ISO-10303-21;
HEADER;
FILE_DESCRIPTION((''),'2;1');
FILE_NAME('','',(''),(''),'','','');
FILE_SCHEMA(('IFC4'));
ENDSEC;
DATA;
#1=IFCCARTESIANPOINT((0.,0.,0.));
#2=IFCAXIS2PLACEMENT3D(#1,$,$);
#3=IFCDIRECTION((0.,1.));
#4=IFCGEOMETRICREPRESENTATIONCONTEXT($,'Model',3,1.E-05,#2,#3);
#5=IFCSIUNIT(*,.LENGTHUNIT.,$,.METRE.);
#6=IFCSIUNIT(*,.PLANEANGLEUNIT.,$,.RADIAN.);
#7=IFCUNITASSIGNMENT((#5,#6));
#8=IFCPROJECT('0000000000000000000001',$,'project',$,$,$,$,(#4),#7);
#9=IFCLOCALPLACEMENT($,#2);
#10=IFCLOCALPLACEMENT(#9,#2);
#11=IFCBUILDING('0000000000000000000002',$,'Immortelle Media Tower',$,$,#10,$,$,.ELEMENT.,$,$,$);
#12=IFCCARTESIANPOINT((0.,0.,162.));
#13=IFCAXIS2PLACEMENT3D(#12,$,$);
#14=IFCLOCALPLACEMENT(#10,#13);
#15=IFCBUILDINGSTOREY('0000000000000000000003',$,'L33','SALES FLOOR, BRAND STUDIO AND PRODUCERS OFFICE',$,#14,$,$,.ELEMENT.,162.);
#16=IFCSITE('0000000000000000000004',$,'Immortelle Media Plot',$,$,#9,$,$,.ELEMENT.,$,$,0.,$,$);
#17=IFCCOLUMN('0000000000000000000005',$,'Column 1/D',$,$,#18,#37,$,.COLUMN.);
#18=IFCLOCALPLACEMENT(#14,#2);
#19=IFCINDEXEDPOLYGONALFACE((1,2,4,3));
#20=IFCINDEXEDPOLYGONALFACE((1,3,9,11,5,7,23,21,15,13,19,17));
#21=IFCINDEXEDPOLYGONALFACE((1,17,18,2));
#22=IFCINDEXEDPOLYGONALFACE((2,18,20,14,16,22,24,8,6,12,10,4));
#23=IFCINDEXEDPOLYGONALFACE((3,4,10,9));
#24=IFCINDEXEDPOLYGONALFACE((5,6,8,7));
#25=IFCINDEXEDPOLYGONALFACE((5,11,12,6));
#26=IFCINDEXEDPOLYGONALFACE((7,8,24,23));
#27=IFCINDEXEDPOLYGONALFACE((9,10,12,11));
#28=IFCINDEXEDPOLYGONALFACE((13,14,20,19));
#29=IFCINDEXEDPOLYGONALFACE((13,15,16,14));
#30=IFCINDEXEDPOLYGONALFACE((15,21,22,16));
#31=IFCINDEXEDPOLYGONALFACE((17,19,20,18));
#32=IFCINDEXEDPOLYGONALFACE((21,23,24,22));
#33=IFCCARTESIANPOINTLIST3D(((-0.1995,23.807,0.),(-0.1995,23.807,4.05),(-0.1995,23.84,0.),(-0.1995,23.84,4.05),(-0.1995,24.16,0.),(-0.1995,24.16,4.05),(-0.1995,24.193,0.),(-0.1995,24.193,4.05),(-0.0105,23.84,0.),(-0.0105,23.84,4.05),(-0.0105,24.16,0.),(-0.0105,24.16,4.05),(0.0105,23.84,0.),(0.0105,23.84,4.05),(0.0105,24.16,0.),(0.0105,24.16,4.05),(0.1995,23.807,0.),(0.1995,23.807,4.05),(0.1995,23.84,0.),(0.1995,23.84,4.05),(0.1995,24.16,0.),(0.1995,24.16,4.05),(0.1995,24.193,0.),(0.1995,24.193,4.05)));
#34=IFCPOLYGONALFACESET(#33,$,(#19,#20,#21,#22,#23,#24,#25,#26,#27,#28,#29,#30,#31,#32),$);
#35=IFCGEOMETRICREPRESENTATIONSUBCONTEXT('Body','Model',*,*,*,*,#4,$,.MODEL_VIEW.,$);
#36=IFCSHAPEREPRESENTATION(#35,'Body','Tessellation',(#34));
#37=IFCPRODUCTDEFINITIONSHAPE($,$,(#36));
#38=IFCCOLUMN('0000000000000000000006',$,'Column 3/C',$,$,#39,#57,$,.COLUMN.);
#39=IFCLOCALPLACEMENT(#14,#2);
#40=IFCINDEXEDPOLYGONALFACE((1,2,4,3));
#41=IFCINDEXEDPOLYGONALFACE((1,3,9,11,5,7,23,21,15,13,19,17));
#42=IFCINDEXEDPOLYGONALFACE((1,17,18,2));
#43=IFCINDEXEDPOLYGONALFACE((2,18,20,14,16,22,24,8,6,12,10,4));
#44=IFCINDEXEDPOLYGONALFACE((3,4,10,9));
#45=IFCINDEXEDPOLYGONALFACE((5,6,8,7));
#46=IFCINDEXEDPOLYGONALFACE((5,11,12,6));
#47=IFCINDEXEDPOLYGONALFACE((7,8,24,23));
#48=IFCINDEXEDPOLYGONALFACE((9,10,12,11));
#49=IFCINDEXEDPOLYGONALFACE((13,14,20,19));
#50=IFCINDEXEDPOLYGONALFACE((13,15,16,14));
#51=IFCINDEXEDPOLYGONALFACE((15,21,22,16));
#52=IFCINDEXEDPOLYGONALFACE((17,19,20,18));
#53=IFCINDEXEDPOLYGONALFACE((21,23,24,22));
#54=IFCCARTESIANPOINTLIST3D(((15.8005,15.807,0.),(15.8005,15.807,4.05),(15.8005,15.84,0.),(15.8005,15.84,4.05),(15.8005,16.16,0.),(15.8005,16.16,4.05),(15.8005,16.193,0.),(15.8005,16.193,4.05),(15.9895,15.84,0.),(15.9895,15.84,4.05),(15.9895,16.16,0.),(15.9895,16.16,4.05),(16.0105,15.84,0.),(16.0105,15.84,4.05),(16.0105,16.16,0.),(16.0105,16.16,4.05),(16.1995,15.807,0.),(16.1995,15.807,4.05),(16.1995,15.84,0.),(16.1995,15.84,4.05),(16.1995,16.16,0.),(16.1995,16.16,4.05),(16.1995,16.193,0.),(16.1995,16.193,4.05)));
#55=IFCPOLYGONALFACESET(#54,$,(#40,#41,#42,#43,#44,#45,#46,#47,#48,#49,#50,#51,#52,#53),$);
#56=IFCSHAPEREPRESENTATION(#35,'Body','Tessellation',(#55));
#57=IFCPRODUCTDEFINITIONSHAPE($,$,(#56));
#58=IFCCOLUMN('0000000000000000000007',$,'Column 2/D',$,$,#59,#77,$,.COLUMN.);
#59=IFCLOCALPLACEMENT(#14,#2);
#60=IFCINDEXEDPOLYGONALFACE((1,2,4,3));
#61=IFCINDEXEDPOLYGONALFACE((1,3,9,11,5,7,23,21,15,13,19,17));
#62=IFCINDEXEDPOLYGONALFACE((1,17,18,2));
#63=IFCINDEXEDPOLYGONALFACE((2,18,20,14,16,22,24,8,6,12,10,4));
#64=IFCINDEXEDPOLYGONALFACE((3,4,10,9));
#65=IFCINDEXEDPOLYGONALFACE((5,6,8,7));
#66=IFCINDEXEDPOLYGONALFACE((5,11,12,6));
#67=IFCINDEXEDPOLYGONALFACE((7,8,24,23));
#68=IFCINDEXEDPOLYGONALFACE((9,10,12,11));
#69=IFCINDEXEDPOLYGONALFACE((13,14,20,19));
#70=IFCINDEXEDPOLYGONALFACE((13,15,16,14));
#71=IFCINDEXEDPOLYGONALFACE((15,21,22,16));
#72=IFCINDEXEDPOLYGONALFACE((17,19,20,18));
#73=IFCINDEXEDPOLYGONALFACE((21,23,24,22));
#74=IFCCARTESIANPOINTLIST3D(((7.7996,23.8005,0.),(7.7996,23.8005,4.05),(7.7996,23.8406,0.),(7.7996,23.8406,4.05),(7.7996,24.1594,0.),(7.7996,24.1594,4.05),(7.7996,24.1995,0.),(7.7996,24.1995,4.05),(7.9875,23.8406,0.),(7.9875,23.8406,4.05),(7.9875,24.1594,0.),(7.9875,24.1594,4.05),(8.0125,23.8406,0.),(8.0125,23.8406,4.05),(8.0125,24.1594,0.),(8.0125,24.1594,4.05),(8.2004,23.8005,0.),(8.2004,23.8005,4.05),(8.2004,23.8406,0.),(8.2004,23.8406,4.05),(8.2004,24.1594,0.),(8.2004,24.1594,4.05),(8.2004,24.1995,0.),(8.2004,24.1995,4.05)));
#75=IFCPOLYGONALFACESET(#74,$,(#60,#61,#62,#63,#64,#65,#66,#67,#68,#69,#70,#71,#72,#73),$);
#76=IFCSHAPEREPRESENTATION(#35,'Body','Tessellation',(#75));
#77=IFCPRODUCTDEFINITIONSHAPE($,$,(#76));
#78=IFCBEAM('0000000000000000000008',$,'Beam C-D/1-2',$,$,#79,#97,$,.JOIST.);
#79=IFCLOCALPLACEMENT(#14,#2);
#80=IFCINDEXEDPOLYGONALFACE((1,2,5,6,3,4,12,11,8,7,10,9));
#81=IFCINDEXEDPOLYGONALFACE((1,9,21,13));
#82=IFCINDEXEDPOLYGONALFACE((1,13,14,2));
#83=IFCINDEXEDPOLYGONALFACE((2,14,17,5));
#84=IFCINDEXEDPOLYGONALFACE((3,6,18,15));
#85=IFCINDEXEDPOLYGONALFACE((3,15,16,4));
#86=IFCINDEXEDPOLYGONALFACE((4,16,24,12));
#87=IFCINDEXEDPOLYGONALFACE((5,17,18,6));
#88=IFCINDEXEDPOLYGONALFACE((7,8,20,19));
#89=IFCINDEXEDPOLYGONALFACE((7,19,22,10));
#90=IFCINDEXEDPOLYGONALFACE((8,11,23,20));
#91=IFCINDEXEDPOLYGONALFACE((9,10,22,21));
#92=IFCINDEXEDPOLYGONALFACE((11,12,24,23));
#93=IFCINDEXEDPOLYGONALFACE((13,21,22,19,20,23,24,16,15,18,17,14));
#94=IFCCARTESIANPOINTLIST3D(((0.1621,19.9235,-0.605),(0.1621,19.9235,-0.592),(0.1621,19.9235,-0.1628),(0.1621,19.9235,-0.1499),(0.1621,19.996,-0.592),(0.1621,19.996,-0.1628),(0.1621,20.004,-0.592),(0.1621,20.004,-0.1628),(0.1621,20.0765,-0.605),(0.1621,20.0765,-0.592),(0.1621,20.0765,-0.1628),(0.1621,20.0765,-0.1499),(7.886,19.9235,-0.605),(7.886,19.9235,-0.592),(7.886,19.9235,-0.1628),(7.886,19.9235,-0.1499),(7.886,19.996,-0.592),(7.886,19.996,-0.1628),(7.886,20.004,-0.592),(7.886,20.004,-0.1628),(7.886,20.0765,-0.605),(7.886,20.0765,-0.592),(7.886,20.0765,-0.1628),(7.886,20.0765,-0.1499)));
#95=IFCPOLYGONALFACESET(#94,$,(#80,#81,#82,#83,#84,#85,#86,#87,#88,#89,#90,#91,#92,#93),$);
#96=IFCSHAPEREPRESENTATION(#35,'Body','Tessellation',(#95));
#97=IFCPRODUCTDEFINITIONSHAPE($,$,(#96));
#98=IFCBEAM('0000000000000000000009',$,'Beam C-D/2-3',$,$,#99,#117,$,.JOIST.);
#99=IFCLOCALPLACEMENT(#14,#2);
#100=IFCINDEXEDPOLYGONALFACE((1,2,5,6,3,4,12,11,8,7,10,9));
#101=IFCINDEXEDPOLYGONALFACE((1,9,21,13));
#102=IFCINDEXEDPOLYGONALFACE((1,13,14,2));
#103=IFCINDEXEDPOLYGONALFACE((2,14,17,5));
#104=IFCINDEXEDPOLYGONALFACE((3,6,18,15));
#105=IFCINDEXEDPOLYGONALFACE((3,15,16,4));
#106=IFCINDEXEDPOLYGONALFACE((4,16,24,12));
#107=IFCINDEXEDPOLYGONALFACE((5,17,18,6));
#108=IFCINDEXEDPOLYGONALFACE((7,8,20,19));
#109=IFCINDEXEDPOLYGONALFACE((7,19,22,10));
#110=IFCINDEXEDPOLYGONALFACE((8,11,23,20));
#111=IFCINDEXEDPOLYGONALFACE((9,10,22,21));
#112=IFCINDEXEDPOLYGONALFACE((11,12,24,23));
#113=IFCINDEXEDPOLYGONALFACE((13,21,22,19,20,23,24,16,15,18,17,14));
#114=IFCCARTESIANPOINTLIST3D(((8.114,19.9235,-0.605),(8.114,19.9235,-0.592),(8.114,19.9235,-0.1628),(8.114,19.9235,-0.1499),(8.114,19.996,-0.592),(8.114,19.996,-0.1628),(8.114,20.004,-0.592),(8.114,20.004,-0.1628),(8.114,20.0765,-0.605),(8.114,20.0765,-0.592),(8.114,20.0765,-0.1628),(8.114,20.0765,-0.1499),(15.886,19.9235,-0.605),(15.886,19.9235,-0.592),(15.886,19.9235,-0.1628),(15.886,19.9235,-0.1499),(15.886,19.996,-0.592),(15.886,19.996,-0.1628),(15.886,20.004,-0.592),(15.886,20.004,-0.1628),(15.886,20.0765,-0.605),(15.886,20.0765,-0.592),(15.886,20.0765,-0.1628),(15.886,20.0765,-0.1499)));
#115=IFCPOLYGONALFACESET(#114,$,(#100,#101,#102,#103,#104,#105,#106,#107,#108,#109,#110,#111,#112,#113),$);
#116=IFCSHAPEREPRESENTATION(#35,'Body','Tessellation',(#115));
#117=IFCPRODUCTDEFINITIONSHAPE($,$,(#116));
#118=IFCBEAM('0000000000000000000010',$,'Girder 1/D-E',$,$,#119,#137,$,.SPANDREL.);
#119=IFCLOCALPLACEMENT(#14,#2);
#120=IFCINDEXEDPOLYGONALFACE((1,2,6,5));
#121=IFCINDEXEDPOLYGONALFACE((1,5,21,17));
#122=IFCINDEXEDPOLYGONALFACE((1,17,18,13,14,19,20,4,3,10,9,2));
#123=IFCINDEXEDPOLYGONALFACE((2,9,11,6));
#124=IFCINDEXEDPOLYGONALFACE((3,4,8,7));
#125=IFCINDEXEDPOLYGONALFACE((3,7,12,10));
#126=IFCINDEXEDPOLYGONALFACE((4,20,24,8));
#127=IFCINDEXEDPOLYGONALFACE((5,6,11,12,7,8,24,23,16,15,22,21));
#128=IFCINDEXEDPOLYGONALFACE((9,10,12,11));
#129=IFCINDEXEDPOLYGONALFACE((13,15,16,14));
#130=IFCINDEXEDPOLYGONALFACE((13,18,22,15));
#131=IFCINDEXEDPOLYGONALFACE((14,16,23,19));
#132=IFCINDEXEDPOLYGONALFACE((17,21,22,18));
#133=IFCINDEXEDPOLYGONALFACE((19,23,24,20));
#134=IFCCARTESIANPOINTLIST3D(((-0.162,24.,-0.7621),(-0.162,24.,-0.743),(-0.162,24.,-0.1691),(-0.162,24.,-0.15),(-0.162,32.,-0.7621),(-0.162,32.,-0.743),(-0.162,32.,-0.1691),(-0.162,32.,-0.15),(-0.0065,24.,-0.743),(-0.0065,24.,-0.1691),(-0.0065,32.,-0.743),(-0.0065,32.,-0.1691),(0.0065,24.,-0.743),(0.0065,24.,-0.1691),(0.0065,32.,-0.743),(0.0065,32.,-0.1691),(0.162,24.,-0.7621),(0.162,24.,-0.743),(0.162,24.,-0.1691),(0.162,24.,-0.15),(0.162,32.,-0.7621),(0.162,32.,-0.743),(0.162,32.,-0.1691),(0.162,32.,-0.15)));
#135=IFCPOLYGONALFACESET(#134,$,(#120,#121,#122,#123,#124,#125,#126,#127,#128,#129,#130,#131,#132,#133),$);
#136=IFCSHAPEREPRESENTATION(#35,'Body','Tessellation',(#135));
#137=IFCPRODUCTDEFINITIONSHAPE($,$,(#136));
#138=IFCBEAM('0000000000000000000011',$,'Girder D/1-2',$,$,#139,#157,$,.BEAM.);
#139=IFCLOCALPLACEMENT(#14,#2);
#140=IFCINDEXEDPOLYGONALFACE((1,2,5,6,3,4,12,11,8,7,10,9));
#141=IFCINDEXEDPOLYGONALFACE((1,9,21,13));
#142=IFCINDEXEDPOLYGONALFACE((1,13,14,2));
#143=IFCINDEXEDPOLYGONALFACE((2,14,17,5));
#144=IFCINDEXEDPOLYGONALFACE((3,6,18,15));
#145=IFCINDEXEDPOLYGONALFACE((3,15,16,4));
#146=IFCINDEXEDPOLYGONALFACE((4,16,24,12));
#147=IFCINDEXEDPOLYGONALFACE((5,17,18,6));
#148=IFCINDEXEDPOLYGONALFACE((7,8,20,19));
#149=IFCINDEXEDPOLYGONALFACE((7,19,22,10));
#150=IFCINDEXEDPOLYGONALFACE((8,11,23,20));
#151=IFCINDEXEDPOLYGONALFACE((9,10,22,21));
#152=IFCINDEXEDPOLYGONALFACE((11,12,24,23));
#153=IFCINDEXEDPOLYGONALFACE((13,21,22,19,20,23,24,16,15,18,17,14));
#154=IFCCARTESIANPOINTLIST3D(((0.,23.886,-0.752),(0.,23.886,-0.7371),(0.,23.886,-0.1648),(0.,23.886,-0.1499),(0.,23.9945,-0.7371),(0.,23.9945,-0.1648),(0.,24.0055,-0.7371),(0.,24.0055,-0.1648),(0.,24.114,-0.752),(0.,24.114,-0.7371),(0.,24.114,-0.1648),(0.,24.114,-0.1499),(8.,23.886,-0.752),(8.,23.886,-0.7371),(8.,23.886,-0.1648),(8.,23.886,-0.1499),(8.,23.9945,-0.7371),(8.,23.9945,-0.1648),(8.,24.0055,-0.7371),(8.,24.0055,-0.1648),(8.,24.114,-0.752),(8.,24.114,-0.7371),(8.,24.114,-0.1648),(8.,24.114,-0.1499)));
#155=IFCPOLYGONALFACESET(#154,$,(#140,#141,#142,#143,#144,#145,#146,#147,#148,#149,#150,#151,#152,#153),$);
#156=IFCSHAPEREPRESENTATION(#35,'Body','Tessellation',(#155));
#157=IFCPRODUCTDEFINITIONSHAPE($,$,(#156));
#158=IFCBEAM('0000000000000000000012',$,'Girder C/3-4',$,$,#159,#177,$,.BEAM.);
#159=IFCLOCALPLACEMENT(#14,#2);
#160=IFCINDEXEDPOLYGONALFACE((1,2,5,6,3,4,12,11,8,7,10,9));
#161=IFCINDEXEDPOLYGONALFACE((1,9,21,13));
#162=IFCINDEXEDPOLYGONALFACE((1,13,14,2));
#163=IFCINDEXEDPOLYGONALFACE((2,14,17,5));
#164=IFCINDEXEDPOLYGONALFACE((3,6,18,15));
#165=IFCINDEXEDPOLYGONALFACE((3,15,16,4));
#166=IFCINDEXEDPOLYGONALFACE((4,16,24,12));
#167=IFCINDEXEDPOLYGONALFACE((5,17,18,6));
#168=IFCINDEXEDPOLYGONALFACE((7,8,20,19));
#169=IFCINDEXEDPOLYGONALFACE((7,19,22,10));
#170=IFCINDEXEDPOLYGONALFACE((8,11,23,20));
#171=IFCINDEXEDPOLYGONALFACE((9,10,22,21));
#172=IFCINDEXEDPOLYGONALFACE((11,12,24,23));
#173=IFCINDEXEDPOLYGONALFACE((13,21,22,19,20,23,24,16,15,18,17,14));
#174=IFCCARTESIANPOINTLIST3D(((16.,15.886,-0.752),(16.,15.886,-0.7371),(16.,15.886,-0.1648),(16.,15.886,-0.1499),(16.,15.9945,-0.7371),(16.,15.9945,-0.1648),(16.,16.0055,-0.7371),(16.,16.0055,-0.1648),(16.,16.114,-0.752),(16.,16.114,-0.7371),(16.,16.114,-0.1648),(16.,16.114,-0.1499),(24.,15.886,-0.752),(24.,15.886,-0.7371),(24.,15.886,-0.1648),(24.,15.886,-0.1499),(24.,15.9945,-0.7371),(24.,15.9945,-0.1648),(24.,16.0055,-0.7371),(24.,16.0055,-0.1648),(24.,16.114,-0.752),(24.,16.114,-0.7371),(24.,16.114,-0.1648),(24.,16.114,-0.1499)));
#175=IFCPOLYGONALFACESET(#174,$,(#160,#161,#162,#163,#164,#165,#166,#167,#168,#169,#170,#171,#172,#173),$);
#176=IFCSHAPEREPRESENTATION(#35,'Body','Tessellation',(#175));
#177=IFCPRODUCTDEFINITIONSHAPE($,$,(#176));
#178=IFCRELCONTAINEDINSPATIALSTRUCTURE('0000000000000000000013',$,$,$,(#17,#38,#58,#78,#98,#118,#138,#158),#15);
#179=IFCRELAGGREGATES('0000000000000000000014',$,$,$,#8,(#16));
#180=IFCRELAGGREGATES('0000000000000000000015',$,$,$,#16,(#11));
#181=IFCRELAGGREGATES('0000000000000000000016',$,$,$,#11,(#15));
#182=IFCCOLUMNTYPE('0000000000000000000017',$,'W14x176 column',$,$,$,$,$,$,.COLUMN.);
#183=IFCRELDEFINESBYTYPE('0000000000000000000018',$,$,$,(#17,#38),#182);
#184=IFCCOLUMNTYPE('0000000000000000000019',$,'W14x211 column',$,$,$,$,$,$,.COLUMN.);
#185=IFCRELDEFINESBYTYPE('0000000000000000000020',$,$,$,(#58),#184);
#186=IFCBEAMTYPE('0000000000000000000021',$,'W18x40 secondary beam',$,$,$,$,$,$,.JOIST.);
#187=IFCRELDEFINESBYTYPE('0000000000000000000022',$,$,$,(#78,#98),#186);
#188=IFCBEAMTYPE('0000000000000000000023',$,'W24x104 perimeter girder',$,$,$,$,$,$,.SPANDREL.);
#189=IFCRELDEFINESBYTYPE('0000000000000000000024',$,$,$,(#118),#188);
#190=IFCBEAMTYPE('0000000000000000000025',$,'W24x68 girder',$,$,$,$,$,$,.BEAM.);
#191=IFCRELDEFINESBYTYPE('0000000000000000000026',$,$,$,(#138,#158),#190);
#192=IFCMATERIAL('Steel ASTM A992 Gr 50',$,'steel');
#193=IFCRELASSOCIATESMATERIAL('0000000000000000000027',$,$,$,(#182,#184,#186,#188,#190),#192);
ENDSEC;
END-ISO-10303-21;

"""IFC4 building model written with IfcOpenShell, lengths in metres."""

from ifc_helpers import new_model, si_unit, direction, frame, origin, origin_2d, place, context, subcontext, project, spatial, i_section, extrude, material, material_profile, profile_set, type_object, element, save


model = new_model("IFC4")

# Units and contexts
model_context = context("Model", 3, precision=1e-05, world=origin(), true_north=direction((0.0, 1.0)))
body_context = subcontext(model_context, "Body", "Model", "MODEL_VIEW")
ifc_project = project(units=[si_unit("LENGTHUNIT", "METRE"), si_unit("PLANEANGLEUNIT", "RADIAN")], contexts=[model_context])

# Site, building, storey
site_placement = place(None, origin())
site = spatial("IfcSite", under=ifc_project, at=site_placement, Name="Immortelle Media Plot", CompositionType="ELEMENT", RefElevation=0.0)
building_placement = place(site_placement, origin())
building = spatial("IfcBuilding", under=site, at=building_placement, Name="Immortelle Media Tower", CompositionType="ELEMENT")
storey_placement = place(building_placement, frame((0.0, 0.0, 162.0)))
storey = spatial("IfcBuildingStorey", under=building, at=storey_placement, Name="L33", Description="SALES FLOOR, BRAND STUDIO AND PRODUCERS OFFICE", CompositionType="ELEMENT", Elevation=162.0)

# Columns
ifc_material_1 = material(Name="Steel ASTM A992 Gr 50", Category="steel")
ifc_material_profile_1 = material_profile(ifc_material_1, i_section(OverallWidth=0.3989, OverallDepth=0.386, WebThickness=0.021, FlangeThickness=0.033, at=origin_2d()), Name="W14x176")
ifc_profile_set_1 = profile_set([ifc_material_profile_1], Name="Steel ASTM A992 Gr 50")
column_type_1 = type_object("IfcColumnType", Name="W14x176 column", PredefinedType="COLUMN", material=ifc_profile_set_1)
for number, where, z_axis, x_axis, name in (
    (1, (0.0, 24.0, 0.0), (0.0, 0.0, 1.0), (1.0, 0.0, 0.0), "Column 1/D"),
    (2, (16.0, 16.0, 0.0), (0.0, 0.0, 1.0), (1.0, 0.0, 0.0), "Column 3/C"),
):
    element("IfcColumn", number, at=place(storey_placement, frame(where, z_axis=z_axis, x_axis=x_axis)), inside=storey, type_object=column_type_1, Name=name, PredefinedType="COLUMN", context=body_context, shape_type="SweptSolid", body=[
        extrude(i_section(OverallWidth=0.3989, OverallDepth=0.386, WebThickness=0.021, FlangeThickness=0.033, at=origin_2d()), origin(), (0.0, 0.0, 1.0), 4.05),
    ])
ifc_material_profile_2 = material_profile(ifc_material_1, i_section(OverallWidth=0.4009, OverallDepth=0.3989, WebThickness=0.0249, FlangeThickness=0.04, at=origin_2d()), Name="W14x211")
ifc_profile_set_2 = profile_set([ifc_material_profile_2], Name="Steel ASTM A992 Gr 50")
column_type_2 = type_object("IfcColumnType", Name="W14x211 column", PredefinedType="COLUMN", material=ifc_profile_set_2)
column_placement = place(storey_placement, frame((8.0, 24.0, 0.0), z_axis=(0.0, 0.0, 1.0), x_axis=(1.0, 0.0, 0.0)))
element("IfcColumn", 3, at=column_placement, inside=storey, type_object=column_type_2, Name="Column 2/D", PredefinedType="COLUMN", context=body_context, shape_type="SweptSolid", body=[
    extrude(i_section(OverallWidth=0.4009, OverallDepth=0.3989, WebThickness=0.0249, FlangeThickness=0.04, at=origin_2d()), origin(), (0.0, 0.0, 1.0), 4.05),
])

# Beams
ifc_material_profile_3 = material_profile(ifc_material_1, i_section(OverallWidth=0.1531, OverallDepth=0.4551, WebThickness=0.0081, FlangeThickness=0.0129, at=origin_2d()), Name="W18x40")
ifc_profile_set_3 = profile_set([ifc_material_profile_3], Name="Steel ASTM A992 Gr 50")
beam_type_1 = type_object("IfcBeamType", Name="W18x40 secondary beam", PredefinedType="JOIST", material=ifc_profile_set_3)
beam_1_placement = place(storey_placement, frame((0.1621, 20.0, -0.3774), z_axis=(1.0, 0.0, 0.0), x_axis=(0.0, 1.0, 0.0)))
element("IfcBeam", 4, at=beam_1_placement, inside=storey, type_object=beam_type_1, Name="Beam C-D/1-2", PredefinedType="JOIST", context=body_context, shape_type="SweptSolid", body=[
    extrude(i_section(OverallWidth=0.1531, OverallDepth=0.4551, WebThickness=0.0081, FlangeThickness=0.0129, at=origin_2d()), origin(), (0.0, 0.0, 1.0), 7.7239),
])
beam_2_placement = place(storey_placement, frame((8.114, 20.0, -0.3774), z_axis=(1.0, 0.0, 0.0), x_axis=(0.0, 1.0, 0.0)))
element("IfcBeam", 5, at=beam_2_placement, inside=storey, type_object=beam_type_1, Name="Beam C-D/2-3", PredefinedType="JOIST", context=body_context, shape_type="SweptSolid", body=[
    extrude(i_section(OverallWidth=0.1531, OverallDepth=0.4551, WebThickness=0.0081, FlangeThickness=0.0129, at=origin_2d()), origin(), (0.0, 0.0, 1.0), 7.772),
])
ifc_material_profile_4 = material_profile(ifc_material_1, i_section(OverallWidth=0.324, OverallDepth=0.6121, WebThickness=0.0129, FlangeThickness=0.019, at=origin_2d()), Name="W24x104")
ifc_profile_set_4 = profile_set([ifc_material_profile_4], Name="Steel ASTM A992 Gr 50")
beam_type_2 = type_object("IfcBeamType", Name="W24x104 perimeter girder", PredefinedType="SPANDREL", material=ifc_profile_set_4)
beam_3_placement = place(storey_placement, frame((0.0, 24.0, -0.4561), z_axis=(0.0, 1.0, 0.0), x_axis=(-1.0, 0.0, 0.0)))
element("IfcBeam", 6, at=beam_3_placement, inside=storey, type_object=beam_type_2, Name="Girder 1/D-E", PredefinedType="SPANDREL", context=body_context, shape_type="SweptSolid", body=[
    extrude(i_section(OverallWidth=0.324, OverallDepth=0.6121, WebThickness=0.0129, FlangeThickness=0.019, at=origin_2d()), origin(), (0.0, 0.0, 1.0), 8.0),
])
ifc_material_profile_5 = material_profile(ifc_material_1, i_section(OverallWidth=0.228, OverallDepth=0.6021, WebThickness=0.011, FlangeThickness=0.0149, at=origin_2d()), Name="W24x68")
ifc_profile_set_5 = profile_set([ifc_material_profile_5], Name="Steel ASTM A992 Gr 50")
beam_type_3 = type_object("IfcBeamType", Name="W24x68 girder", PredefinedType="BEAM", material=ifc_profile_set_5)
for number, where, z_axis, x_axis, name in (
    (7, (0.0, 24.0, -0.4509), (1.0, 0.0, 0.0), (0.0, 1.0, 0.0), "Girder D/1-2"),
    (8, (16.0, 16.0, -0.4509), (1.0, 0.0, 0.0), (0.0, 1.0, 0.0), "Girder C/3-4"),
):
    element("IfcBeam", number, at=place(storey_placement, frame(where, z_axis=z_axis, x_axis=x_axis)), inside=storey, type_object=beam_type_3, Name=name, PredefinedType="BEAM", context=body_context, shape_type="SweptSolid", body=[
        extrude(i_section(OverallWidth=0.228, OverallDepth=0.6021, WebThickness=0.011, FlangeThickness=0.0149, at=origin_2d()), origin(), (0.0, 0.0, 1.0), 8.0),
    ])

save(model, "model.ifc")
